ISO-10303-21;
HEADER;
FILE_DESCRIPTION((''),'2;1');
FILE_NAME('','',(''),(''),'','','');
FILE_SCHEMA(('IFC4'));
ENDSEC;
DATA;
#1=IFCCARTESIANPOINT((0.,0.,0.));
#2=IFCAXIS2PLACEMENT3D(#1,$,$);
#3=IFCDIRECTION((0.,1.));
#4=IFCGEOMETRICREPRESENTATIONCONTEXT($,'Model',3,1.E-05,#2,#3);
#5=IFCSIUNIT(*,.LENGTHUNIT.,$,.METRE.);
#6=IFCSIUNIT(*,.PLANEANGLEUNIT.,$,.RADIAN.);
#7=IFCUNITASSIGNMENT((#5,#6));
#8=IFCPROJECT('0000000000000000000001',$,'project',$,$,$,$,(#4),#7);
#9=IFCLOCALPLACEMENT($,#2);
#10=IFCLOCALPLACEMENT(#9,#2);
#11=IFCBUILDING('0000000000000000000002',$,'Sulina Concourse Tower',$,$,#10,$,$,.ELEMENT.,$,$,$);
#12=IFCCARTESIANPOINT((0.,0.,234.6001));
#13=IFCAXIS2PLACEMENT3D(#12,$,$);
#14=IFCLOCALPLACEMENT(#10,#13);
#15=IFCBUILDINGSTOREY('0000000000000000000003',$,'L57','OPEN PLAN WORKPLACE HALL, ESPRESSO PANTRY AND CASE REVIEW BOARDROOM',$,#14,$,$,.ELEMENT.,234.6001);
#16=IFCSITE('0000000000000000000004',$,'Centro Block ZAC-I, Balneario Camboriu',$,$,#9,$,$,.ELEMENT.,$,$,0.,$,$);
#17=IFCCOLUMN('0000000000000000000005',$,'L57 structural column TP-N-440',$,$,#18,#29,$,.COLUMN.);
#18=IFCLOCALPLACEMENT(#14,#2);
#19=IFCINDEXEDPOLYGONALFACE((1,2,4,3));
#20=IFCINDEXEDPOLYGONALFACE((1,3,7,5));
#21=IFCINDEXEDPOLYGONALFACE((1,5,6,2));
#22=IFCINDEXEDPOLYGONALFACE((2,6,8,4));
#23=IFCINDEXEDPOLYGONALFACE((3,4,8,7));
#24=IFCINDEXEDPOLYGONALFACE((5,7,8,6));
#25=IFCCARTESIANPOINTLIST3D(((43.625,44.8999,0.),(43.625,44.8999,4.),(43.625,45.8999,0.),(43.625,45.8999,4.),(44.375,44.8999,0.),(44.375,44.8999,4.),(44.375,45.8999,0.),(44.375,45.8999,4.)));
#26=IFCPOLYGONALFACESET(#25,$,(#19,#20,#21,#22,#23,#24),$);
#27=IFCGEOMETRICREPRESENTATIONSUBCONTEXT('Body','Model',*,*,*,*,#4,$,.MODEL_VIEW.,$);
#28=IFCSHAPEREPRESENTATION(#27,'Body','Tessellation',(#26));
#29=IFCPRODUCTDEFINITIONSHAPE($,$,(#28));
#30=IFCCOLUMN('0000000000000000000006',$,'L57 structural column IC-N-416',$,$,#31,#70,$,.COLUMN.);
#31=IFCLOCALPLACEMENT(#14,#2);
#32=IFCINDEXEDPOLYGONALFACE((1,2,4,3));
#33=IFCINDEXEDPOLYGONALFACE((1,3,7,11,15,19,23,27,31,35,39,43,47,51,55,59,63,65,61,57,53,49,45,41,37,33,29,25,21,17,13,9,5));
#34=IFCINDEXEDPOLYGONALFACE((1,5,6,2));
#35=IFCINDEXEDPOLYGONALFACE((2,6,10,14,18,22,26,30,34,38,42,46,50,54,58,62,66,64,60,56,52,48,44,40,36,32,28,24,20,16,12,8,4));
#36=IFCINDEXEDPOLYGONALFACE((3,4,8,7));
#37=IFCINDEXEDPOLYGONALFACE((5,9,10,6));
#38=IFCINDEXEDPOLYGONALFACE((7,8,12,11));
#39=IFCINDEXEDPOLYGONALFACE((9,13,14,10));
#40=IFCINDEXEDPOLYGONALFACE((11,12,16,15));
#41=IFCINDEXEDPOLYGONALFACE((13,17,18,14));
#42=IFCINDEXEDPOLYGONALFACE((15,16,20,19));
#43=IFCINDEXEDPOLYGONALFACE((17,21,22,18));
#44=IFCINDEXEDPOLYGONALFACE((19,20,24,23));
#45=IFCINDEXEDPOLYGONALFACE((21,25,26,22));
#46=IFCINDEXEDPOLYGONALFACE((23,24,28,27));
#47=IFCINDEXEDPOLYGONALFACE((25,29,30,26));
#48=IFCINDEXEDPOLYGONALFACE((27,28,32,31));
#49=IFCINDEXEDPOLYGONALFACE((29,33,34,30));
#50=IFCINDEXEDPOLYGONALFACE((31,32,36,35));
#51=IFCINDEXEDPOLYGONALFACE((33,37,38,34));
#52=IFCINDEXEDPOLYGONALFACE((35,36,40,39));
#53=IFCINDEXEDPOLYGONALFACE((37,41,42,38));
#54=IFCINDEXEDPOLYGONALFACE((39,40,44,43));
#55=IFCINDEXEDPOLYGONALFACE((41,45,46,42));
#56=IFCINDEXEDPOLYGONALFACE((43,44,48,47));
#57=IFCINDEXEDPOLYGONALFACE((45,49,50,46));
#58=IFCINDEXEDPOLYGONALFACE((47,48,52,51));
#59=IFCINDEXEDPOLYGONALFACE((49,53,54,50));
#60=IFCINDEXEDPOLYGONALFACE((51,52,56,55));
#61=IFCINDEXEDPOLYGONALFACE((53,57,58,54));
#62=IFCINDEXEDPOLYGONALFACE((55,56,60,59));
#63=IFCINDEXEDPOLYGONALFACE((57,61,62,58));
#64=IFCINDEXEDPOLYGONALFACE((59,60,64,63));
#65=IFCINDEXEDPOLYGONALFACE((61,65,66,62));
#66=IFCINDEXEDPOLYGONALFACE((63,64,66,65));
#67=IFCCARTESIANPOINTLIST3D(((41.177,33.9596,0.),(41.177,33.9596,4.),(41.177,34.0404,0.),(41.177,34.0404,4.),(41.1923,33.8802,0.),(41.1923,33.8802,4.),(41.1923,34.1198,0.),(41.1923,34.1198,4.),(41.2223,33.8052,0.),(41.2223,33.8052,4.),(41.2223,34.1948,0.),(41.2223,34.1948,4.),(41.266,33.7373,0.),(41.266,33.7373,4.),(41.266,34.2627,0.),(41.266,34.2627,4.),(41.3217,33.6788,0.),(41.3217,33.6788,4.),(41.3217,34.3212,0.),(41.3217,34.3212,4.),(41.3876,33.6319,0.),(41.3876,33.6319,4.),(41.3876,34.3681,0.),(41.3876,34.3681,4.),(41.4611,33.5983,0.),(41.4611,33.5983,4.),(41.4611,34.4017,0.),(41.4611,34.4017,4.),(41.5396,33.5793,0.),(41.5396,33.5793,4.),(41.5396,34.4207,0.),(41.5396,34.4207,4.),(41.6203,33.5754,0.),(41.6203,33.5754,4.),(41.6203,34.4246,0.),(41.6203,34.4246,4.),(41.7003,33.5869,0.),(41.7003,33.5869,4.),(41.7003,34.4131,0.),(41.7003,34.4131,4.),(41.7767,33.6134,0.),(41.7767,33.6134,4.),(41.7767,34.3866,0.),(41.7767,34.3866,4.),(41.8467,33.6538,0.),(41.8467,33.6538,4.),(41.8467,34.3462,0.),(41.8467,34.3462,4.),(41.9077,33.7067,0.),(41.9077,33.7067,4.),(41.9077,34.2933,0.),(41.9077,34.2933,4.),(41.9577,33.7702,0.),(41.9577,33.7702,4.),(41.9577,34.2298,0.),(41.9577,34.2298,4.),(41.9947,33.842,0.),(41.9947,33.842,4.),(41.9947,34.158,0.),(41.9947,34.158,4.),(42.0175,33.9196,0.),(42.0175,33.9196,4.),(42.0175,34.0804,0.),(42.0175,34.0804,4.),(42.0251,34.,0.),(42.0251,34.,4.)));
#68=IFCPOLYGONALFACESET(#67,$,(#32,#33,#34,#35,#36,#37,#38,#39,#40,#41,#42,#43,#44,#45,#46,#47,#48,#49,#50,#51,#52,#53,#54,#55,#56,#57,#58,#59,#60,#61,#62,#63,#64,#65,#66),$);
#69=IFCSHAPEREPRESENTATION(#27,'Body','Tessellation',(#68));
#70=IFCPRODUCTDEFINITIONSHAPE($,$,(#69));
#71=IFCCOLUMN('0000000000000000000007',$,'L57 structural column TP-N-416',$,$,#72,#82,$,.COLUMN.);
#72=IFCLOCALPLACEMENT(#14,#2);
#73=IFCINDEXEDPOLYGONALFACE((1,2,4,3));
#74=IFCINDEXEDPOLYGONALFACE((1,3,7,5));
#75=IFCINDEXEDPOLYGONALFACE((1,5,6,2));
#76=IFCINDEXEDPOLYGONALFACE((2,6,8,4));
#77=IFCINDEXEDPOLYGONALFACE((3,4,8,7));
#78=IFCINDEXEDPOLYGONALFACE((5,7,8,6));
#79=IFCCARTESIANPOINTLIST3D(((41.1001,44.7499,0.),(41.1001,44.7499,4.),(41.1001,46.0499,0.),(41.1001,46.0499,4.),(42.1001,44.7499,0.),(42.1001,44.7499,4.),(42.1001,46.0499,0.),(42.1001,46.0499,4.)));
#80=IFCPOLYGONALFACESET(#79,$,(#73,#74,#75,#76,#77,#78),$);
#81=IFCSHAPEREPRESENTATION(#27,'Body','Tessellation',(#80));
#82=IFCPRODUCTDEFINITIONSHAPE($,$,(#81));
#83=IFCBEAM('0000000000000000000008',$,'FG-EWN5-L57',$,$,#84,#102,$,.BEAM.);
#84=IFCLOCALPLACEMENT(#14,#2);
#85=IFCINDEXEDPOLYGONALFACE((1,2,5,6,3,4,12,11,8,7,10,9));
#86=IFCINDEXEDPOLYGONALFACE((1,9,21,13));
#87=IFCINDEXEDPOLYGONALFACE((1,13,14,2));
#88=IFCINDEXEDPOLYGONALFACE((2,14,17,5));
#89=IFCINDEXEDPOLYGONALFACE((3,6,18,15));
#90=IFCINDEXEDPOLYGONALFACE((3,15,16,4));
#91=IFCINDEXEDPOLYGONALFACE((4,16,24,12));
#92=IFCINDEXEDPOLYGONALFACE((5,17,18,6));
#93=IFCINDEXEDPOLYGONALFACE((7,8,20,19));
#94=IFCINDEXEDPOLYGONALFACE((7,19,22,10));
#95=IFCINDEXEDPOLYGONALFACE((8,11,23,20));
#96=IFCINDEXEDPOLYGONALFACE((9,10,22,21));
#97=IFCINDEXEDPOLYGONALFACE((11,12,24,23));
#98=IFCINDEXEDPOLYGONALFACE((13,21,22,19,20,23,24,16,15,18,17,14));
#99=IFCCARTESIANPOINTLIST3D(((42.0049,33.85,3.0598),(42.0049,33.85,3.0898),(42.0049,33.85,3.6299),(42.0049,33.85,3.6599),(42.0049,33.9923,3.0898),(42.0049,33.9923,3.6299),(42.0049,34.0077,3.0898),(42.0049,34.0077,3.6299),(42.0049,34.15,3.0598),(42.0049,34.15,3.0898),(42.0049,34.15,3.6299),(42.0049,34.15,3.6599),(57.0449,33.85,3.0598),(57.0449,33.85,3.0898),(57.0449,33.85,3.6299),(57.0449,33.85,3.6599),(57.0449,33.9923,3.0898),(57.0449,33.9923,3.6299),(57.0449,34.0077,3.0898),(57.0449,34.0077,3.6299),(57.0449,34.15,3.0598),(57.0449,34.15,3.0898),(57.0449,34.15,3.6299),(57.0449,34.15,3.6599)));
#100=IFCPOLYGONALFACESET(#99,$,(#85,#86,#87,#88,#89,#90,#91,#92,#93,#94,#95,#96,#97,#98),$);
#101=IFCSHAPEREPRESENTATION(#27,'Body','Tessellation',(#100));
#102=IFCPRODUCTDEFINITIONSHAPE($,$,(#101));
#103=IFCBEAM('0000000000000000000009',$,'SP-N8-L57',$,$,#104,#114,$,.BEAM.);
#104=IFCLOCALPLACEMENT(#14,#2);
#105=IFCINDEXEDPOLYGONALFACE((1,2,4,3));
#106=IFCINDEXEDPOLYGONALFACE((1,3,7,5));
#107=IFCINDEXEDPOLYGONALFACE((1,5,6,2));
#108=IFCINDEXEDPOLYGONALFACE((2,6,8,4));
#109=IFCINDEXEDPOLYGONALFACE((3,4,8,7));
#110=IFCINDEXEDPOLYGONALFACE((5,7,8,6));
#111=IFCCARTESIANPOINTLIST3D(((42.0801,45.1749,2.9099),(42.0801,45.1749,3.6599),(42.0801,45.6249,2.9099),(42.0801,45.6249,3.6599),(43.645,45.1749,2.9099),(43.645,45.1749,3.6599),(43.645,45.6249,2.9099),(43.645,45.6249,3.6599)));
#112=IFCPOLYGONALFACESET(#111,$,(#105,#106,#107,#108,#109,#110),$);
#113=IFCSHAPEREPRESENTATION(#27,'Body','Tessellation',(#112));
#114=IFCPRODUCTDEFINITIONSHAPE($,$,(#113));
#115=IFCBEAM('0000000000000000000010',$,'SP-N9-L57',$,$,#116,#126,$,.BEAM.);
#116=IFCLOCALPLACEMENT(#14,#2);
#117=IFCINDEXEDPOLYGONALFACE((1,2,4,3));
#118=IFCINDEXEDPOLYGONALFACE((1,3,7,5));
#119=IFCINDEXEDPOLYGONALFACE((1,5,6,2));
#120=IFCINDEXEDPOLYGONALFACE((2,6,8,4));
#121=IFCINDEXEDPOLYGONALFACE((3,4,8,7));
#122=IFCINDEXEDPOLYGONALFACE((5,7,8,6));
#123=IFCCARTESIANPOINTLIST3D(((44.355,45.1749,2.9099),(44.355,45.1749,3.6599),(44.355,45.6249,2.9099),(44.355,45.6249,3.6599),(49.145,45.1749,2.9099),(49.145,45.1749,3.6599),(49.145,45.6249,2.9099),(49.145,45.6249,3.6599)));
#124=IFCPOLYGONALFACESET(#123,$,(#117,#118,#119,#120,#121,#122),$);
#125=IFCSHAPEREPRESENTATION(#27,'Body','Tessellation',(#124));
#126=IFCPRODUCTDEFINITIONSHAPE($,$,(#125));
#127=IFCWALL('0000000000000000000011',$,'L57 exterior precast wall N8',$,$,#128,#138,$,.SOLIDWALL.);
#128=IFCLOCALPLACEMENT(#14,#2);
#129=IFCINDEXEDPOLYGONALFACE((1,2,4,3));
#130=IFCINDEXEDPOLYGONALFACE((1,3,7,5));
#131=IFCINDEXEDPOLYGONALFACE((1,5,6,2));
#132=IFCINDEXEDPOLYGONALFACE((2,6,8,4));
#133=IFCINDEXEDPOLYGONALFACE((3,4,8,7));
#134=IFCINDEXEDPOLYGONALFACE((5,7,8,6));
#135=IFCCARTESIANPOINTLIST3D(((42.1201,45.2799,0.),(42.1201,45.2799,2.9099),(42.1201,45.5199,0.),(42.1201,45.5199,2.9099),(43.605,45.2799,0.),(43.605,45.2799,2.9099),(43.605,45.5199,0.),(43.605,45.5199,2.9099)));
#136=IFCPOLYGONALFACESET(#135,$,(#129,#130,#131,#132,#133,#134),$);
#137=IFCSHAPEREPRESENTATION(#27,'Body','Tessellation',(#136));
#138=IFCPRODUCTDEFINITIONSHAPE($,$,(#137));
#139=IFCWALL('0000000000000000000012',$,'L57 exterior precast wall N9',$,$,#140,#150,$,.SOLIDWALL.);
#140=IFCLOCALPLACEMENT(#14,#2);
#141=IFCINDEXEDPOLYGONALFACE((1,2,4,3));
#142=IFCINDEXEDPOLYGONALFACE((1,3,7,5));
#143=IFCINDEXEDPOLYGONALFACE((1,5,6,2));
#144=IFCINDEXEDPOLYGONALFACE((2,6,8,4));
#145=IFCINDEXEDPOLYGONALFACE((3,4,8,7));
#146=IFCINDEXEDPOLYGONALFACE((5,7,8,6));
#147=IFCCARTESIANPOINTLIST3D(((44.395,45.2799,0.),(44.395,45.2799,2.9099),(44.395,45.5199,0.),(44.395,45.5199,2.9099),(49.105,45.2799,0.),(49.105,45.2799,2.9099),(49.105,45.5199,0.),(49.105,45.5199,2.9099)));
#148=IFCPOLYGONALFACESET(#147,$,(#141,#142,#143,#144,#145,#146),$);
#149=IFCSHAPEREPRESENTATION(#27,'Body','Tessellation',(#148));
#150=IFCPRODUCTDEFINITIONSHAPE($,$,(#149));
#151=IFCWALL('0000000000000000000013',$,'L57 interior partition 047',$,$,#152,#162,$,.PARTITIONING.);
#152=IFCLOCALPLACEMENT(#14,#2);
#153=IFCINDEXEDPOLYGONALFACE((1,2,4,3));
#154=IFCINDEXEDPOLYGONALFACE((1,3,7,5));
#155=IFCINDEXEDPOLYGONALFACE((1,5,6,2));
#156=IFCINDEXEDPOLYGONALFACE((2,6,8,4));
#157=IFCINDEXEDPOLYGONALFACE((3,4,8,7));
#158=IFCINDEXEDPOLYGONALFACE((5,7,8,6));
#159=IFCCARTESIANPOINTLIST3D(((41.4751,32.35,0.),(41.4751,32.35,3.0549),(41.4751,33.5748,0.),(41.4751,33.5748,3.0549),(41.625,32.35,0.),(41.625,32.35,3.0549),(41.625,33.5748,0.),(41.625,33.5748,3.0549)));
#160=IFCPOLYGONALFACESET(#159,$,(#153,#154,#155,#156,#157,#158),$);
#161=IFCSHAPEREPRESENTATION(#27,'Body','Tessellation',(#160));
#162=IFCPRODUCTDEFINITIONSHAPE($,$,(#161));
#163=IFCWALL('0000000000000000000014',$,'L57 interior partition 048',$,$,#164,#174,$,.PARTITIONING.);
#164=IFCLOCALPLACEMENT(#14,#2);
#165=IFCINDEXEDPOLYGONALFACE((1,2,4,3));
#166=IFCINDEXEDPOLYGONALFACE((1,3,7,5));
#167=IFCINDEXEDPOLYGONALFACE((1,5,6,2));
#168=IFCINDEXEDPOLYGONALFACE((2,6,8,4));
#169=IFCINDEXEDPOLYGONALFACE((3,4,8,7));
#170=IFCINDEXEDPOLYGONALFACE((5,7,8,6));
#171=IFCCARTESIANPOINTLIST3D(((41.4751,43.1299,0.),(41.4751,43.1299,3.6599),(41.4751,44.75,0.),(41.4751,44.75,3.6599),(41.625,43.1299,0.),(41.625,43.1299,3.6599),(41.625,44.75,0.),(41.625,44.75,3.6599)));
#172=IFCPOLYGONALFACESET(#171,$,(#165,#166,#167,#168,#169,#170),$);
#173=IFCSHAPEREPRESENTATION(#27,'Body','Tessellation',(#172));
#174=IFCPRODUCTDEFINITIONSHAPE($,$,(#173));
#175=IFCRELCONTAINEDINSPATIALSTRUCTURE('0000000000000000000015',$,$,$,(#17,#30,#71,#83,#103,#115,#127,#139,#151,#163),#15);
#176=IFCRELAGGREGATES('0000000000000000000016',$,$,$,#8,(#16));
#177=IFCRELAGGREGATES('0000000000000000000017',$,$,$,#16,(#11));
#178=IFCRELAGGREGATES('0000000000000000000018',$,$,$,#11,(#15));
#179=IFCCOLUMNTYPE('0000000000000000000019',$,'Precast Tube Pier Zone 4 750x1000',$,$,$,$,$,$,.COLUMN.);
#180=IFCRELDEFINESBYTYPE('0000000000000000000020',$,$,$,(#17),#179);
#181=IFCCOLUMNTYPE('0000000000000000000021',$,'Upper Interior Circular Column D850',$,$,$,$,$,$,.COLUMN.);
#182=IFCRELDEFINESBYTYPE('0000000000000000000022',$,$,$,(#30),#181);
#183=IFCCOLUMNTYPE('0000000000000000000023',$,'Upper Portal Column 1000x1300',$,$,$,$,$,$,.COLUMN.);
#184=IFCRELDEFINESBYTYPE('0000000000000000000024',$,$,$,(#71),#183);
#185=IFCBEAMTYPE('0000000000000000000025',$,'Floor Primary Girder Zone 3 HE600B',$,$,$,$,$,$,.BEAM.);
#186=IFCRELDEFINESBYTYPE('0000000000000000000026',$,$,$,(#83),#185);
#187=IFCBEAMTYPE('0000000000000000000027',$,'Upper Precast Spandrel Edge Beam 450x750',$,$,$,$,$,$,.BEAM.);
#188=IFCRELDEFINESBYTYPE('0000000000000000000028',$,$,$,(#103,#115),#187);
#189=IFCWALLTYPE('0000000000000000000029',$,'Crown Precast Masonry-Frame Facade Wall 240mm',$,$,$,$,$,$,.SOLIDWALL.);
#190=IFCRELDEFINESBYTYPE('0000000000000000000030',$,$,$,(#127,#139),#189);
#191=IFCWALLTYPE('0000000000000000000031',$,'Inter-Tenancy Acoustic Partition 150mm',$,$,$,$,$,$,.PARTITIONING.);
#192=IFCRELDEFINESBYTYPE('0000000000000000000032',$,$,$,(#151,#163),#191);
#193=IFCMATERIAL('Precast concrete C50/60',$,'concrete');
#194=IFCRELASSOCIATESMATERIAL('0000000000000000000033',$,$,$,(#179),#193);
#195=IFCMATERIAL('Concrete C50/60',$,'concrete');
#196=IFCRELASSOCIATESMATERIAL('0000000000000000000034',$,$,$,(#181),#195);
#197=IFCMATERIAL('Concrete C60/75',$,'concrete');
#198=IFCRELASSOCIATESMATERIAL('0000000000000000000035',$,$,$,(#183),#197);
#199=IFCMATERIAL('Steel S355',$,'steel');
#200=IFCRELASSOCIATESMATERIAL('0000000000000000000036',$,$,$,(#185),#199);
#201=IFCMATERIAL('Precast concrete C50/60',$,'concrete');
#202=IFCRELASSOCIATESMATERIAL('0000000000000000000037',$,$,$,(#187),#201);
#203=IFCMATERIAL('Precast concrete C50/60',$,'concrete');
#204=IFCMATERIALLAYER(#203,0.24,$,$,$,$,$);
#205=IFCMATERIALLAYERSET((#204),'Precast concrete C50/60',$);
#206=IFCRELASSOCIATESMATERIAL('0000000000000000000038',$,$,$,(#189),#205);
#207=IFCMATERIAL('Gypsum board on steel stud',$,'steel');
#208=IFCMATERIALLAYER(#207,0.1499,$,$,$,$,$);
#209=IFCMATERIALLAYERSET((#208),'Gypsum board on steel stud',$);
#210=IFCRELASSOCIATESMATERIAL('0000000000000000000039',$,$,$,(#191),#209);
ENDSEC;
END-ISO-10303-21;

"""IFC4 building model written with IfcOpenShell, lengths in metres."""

from ifc_helpers import new_model, si_unit, direction, frame, frame_2d, origin, origin_2d, place, context, subcontext, project, spatial, rectangle, circle, i_section, extrude, material, layer, layer_set, material_profile, profile_set, type_object, element, save


model = new_model("IFC4")

# Units and contexts
model_context = context("Model", 3, precision=1e-05, world=origin(), true_north=direction((0.0, 1.0)))
body_context = subcontext(model_context, "Body", "Model", "MODEL_VIEW")
ifc_project = project(units=[si_unit("LENGTHUNIT", "METRE"), si_unit("PLANEANGLEUNIT", "RADIAN")], contexts=[model_context])

# Site, building, storey
site_placement = place(None, origin())
site = spatial("IfcSite", under=ifc_project, at=site_placement, Name="Centro Block ZAC-I, Balneario Camboriu", CompositionType="ELEMENT", RefElevation=0.0)
building_placement = place(site_placement, origin())
building = spatial("IfcBuilding", under=site, at=building_placement, Name="Sulina Concourse Tower", CompositionType="ELEMENT")
storey_placement = place(building_placement, frame((0.0, 0.0, 234.6001)))
storey = spatial("IfcBuildingStorey", under=building, at=storey_placement, Name="L57", Description="OPEN PLAN WORKPLACE HALL, ESPRESSO PANTRY AND CASE REVIEW BOARDROOM", CompositionType="ELEMENT", Elevation=234.6001)

# Columns
ifc_material_1 = material(Name="Precast concrete C50/60", Category="concrete")
ifc_material_profile_1 = material_profile(ifc_material_1, rectangle(XDim=0.75, YDim=1.0, at=origin_2d()), Name="PC 750x1000")
ifc_profile_set_1 = profile_set([ifc_material_profile_1], Name="Precast concrete C50/60")
column_type_1 = type_object("IfcColumnType", Name="Precast Tube Pier Zone 4 750x1000", PredefinedType="COLUMN", material=ifc_profile_set_1)
column_1_placement = place(storey_placement, frame((44.0, 45.3999, 0.0), z_axis=(0.0, 0.0, 1.0), x_axis=(1.0, 0.0, 0.0)))
element("IfcColumn", 1, at=column_1_placement, inside=storey, type_object=column_type_1, Name="L57 structural column TP-N-440", PredefinedType="COLUMN", context=body_context, shape_type="SweptSolid", body=[
    extrude(rectangle(XDim=0.75, YDim=1.0, at=origin_2d()), origin(), (0.0, 0.0, 1.0), 4.0),
])
ifc_material_2 = material(Name="Concrete C50/60", Category="concrete")
ifc_material_profile_2 = material_profile(ifc_material_2, circle(Radius=0.425, at=origin_2d()), Name="RC D850")
ifc_profile_set_2 = profile_set([ifc_material_profile_2], Name="Concrete C50/60")
column_type_2 = type_object("IfcColumnType", Name="Upper Interior Circular Column D850", PredefinedType="COLUMN", material=ifc_profile_set_2)
column_2_placement = place(storey_placement, frame((41.6001, 34.0, 0.0), z_axis=(0.0, 0.0, 1.0), x_axis=(1.0, 0.0, 0.0)))
element("IfcColumn", 2, at=column_2_placement, inside=storey, type_object=column_type_2, Name="L57 structural column IC-N-416", PredefinedType="COLUMN", context=body_context, shape_type="SweptSolid", body=[
    extrude(circle(Radius=0.425, at=origin_2d()), origin(), (0.0, 0.0, 1.0), 4.0),
])
ifc_material_3 = material(Name="Concrete C60/75", Category="concrete")
ifc_material_profile_3 = material_profile(ifc_material_3, rectangle(XDim=1.0, YDim=1.3, at=origin_2d()), Name="RC 1000x1300")
ifc_profile_set_3 = profile_set([ifc_material_profile_3], Name="Concrete C60/75")
column_type_3 = type_object("IfcColumnType", Name="Upper Portal Column 1000x1300", PredefinedType="COLUMN", material=ifc_profile_set_3)
column_3_placement = place(storey_placement, frame((41.6001, 45.3999, 0.0), z_axis=(0.0, 0.0, 1.0), x_axis=(1.0, 0.0, 0.0)))
element("IfcColumn", 3, at=column_3_placement, inside=storey, type_object=column_type_3, Name="L57 structural column TP-N-416", PredefinedType="COLUMN", context=body_context, shape_type="SweptSolid", body=[
    extrude(rectangle(XDim=1.0, YDim=1.3, at=origin_2d()), origin(), (0.0, 0.0, 1.0), 4.0),
])

# Beams
ifc_material_4 = material(Name="Steel S355", Category="steel")
ifc_material_profile_4 = material_profile(ifc_material_4, i_section(OverallWidth=0.3, OverallDepth=0.6001, WebThickness=0.0154, FlangeThickness=0.03, at=origin_2d()), Name="HE 600 B")
ifc_profile_set_4 = profile_set([ifc_material_profile_4], Name="Steel S355")
beam_type_1 = type_object("IfcBeamType", Name="Floor Primary Girder Zone 3 HE600B", PredefinedType="BEAM", material=ifc_profile_set_4)
beam_1_placement = place(storey_placement, frame((42.0049, 34.0, 3.3599), z_axis=(1.0, 0.0, 0.0), x_axis=(0.0, 1.0, 0.0)))
element("IfcBeam", 4, at=beam_1_placement, inside=storey, type_object=beam_type_1, Name="FG-EWN5-L57", PredefinedType="BEAM", context=body_context, shape_type="SweptSolid", body=[
    extrude(i_section(OverallWidth=0.3, OverallDepth=0.6001, WebThickness=0.0154, FlangeThickness=0.03, at=origin_2d()), origin(), (0.0, 0.0, 1.0), 15.04),
])
ifc_material_5 = material(Name="Precast concrete C50/60", Category="concrete")
ifc_material_profile_5 = material_profile(ifc_material_5, rectangle(XDim=0.45, YDim=0.75, at=origin_2d()), Name="RC 450x750")
ifc_profile_set_5 = profile_set([ifc_material_profile_5], Name="Precast concrete C50/60")
beam_type_2 = type_object("IfcBeamType", Name="Upper Precast Spandrel Edge Beam 450x750", PredefinedType="BEAM", material=ifc_profile_set_5)
beam_2_placement = place(storey_placement, frame((42.0801, 45.3999, 3.2849), z_axis=(1.0, 0.0, 0.0), x_axis=(0.0, 1.0, 0.0)))
element("IfcBeam", 5, at=beam_2_placement, inside=storey, type_object=beam_type_2, Name="SP-N8-L57", PredefinedType="BEAM", context=body_context, shape_type="SweptSolid", body=[
    extrude(rectangle(XDim=0.45, YDim=0.75, at=origin_2d()), origin(), (0.0, 0.0, 1.0), 1.5649),
])
beam_3_placement = place(storey_placement, frame((44.355, 45.3999, 3.2849), z_axis=(1.0, 0.0, 0.0), x_axis=(0.0, 1.0, 0.0)))
element("IfcBeam", 6, at=beam_3_placement, inside=storey, type_object=beam_type_2, Name="SP-N9-L57", PredefinedType="BEAM", context=body_context, shape_type="SweptSolid", body=[
    extrude(rectangle(XDim=0.45, YDim=0.75, at=origin_2d()), origin(), (0.0, 0.0, 1.0), 4.79),
])

# Walls
ifc_material_6 = material(Name="Precast concrete C50/60", Category="concrete")
ifc_layer_1 = layer(ifc_material_6, 0.24)
ifc_layer_set_1 = layer_set([ifc_layer_1], Name="Precast concrete C50/60")
wall_type_1 = type_object("IfcWallType", Name="Crown Precast Masonry-Frame Facade Wall 240mm", PredefinedType="SOLIDWALL", material=ifc_layer_set_1)
wall_1_placement = place(storey_placement, frame((42.1201, 45.3999, 0.0), z_axis=(0.0, 0.0, 1.0), x_axis=(1.0, 0.0, 0.0)))
element("IfcWall", 7, at=wall_1_placement, inside=storey, type_object=wall_type_1, Name="L57 exterior precast wall N8", PredefinedType="SOLIDWALL", context=body_context, shape_type="SweptSolid", body=[
    extrude(rectangle(XDim=1.4849, YDim=0.24, at=frame_2d((0.7424, 0.0))), origin(), (0.0, 0.0, 1.0), 2.9099),
])
wall_2_placement = place(storey_placement, frame((44.395, 45.3999, 0.0), z_axis=(0.0, 0.0, 1.0), x_axis=(1.0, 0.0, 0.0)))
element("IfcWall", 8, at=wall_2_placement, inside=storey, type_object=wall_type_1, Name="L57 exterior precast wall N9", PredefinedType="SOLIDWALL", context=body_context, shape_type="SweptSolid", body=[
    extrude(rectangle(XDim=4.71, YDim=0.24, at=frame_2d((2.355, 0.0))), origin(), (0.0, 0.0, 1.0), 2.9099),
])
ifc_material_7 = material(Name="Gypsum board on steel stud", Category="steel")
ifc_layer_2 = layer(ifc_material_7, 0.1499)
ifc_layer_set_2 = layer_set([ifc_layer_2], Name="Gypsum board on steel stud")
wall_type_2 = type_object("IfcWallType", Name="Inter-Tenancy Acoustic Partition 150mm", PredefinedType="PARTITIONING", material=ifc_layer_set_2)
wall_3_placement = place(storey_placement, frame((41.55, 32.3501, 0.0), z_axis=(0.0, 0.0, 1.0), x_axis=(0.0, 1.0, 0.0)))
element("IfcWall", 9, at=wall_3_placement, inside=storey, type_object=wall_type_2, Name="L57 interior partition 047", PredefinedType="PARTITIONING", context=body_context, shape_type="SweptSolid", body=[
    extrude(rectangle(XDim=1.2249, YDim=0.1499, at=frame_2d((0.6123, 0.0))), origin(), (0.0, 0.0, 1.0), 3.0549),
])
wall_4_placement = place(storey_placement, frame((41.55, 43.1299, 0.0), z_axis=(0.0, 0.0, 1.0), x_axis=(0.0, 1.0, 0.0)))
element("IfcWall", 10, at=wall_4_placement, inside=storey, type_object=wall_type_2, Name="L57 interior partition 048", PredefinedType="PARTITIONING", context=body_context, shape_type="SweptSolid", body=[
    extrude(rectangle(XDim=1.6201, YDim=0.1499, at=frame_2d((0.8101, 0.0))), origin(), (0.0, 0.0, 1.0), 3.6599),
])

save(model, "model.ifc")
